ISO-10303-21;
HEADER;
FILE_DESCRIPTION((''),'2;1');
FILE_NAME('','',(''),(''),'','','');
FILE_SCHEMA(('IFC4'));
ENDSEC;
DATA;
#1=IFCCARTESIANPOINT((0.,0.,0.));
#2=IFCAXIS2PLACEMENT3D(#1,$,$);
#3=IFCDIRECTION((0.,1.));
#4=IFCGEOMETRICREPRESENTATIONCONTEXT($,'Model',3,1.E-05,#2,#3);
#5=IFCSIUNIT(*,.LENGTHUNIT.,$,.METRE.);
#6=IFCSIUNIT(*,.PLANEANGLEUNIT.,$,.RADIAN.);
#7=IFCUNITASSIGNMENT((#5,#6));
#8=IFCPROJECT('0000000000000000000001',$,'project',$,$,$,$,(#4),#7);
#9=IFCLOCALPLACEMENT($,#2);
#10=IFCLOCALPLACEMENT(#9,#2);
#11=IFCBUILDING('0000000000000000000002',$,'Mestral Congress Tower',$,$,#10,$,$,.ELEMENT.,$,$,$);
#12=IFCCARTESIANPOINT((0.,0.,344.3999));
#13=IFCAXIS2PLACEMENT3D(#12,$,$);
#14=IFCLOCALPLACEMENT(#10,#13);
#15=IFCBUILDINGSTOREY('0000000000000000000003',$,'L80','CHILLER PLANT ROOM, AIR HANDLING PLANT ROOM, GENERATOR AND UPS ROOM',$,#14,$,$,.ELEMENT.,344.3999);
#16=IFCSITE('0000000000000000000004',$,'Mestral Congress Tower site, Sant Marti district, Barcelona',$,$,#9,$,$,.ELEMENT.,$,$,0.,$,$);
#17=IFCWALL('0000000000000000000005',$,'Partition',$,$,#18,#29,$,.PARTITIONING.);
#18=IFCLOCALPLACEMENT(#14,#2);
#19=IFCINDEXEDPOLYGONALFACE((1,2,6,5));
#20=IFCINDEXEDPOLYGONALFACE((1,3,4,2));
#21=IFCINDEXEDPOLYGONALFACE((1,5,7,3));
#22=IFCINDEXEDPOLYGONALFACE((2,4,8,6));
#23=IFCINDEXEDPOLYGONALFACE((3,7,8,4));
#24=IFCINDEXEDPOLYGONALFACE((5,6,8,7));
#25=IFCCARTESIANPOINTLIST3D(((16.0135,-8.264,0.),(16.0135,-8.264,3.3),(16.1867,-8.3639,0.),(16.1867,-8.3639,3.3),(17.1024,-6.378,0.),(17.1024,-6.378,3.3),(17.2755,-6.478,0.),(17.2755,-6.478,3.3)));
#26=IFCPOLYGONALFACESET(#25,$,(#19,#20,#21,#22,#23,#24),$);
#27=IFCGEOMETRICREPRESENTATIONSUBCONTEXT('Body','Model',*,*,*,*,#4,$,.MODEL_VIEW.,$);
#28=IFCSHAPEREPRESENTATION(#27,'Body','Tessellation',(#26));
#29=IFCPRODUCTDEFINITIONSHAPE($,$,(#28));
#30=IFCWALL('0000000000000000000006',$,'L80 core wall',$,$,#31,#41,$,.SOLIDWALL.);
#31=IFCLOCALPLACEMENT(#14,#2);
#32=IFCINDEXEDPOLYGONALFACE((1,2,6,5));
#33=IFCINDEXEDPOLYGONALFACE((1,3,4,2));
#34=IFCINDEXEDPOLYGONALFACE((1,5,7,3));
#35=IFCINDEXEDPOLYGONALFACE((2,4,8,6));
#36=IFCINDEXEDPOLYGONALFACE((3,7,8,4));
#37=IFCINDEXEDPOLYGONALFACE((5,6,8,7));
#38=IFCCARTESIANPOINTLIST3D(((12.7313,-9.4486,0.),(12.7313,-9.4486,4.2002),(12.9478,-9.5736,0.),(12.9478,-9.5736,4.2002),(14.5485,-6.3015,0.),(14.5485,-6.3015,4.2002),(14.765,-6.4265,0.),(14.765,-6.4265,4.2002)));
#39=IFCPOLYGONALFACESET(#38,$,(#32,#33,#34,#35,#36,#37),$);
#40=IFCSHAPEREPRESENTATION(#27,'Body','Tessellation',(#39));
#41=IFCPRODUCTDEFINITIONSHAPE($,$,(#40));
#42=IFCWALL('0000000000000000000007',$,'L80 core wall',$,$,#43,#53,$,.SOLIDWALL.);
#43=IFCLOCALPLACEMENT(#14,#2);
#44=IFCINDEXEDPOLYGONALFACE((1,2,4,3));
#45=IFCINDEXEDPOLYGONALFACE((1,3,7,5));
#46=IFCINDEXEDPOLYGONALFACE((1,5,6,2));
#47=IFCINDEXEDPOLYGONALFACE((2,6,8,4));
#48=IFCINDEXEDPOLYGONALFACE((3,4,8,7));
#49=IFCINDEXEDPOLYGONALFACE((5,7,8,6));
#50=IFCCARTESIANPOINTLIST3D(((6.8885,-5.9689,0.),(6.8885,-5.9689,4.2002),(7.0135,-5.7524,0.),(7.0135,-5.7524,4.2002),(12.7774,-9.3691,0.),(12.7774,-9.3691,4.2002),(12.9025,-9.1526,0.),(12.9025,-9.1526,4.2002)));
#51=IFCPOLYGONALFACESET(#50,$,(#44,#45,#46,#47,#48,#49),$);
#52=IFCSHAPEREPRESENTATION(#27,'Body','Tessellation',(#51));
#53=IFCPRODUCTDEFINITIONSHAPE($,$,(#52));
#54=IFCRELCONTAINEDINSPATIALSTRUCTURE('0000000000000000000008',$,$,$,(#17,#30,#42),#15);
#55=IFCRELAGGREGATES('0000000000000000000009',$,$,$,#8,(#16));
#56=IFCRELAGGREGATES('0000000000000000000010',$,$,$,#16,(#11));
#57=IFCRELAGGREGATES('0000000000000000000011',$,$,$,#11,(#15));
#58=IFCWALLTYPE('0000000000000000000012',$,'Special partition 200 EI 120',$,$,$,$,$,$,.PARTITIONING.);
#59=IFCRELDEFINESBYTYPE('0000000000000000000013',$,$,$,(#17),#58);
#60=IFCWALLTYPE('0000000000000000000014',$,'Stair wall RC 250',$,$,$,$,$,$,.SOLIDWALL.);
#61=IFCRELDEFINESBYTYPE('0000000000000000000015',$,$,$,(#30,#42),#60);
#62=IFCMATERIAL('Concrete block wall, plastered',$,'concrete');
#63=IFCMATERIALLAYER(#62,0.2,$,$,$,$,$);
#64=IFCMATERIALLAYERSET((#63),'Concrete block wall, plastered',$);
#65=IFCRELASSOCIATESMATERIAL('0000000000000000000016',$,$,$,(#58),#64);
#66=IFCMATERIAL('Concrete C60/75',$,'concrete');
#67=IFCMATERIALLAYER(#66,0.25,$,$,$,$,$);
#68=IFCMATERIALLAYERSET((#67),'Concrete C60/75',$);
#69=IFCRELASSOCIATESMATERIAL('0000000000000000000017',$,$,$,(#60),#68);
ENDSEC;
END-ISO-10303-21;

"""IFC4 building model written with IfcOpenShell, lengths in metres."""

from ifc_helpers import new_model, si_unit, direction, frame, frame_2d, origin, place, context, subcontext, project, spatial, rectangle, extrude, material, layer, layer_set, type_object, element, save


model = new_model("IFC4")

# Units and contexts
model_context = context("Model", 3, precision=1e-05, world=origin(), true_north=direction((0.0, 1.0)))
body_context = subcontext(model_context, "Body", "Model", "MODEL_VIEW")
ifc_project = project(units=[si_unit("LENGTHUNIT", "METRE"), si_unit("PLANEANGLEUNIT", "RADIAN")], contexts=[model_context])

# Site, building, storey
site_placement = place(None, origin())
site = spatial("IfcSite", under=ifc_project, at=site_placement, Name="Mestral Congress Tower site, Sant Marti district, Barcelona", CompositionType="ELEMENT", RefElevation=0.0)
building_placement = place(site_placement, origin())
building = spatial("IfcBuilding", under=site, at=building_placement, Name="Mestral Congress Tower", CompositionType="ELEMENT")
storey_placement = place(building_placement, frame((0.0, 0.0, 344.3999)))
storey = spatial("IfcBuildingStorey", under=building, at=storey_placement, Name="L80", Description="CHILLER PLANT ROOM, AIR HANDLING PLANT ROOM, GENERATOR AND UPS ROOM", CompositionType="ELEMENT", Elevation=344.3999)

# Shared definitions
ifc_material_1 = material(Name="Concrete block wall, plastered", Category="concrete")
ifc_layer_1 = layer(ifc_material_1, 0.2)
ifc_layer_set_1 = layer_set([ifc_layer_1], Name="Concrete block wall, plastered")
wall_type_1 = type_object("IfcWallType", Name="Special partition 200 EI 120", PredefinedType="PARTITIONING", material=ifc_layer_set_1)

# Walls
wall_1_placement = place(storey_placement, frame((17.189, -6.428, 0.0), z_axis=(0.0, 0.0, 1.0), x_axis=(-0.499997, -0.866027, 0.0)))
element("IfcWall", 1, at=wall_1_placement, inside=storey, type_object=wall_type_1, Name="Partition", PredefinedType="PARTITIONING", context=body_context, shape_type="SweptSolid", body=[
    extrude(rectangle(XDim=2.1777, YDim=0.2, at=frame_2d((1.0889, 0.0))), origin(), (0.0, 0.0, 1.0), 3.3),
])
ifc_material_2 = material(Name="Concrete C60/75", Category="concrete")
ifc_layer_2 = layer(ifc_material_2, 0.25)
ifc_layer_set_2 = layer_set([ifc_layer_2], Name="Concrete C60/75")
wall_type_2 = type_object("IfcWallType", Name="Stair wall RC 250", PredefinedType="SOLIDWALL", material=ifc_layer_set_2)
wall_2_placement = place(storey_placement, frame((12.8396, -9.511, 0.0), z_axis=(0.0, 0.0, 1.0), x_axis=(0.500048, 0.865998, 0.0)))
element("IfcWall", 2, at=wall_2_placement, inside=storey, type_object=wall_type_2, Name="L80 core wall", PredefinedType="SOLIDWALL", context=body_context, shape_type="SweptSolid", body=[
    extrude(rectangle(XDim=3.634, YDim=0.25, at=frame_2d((1.8169, 0.0))), origin(), (0.0, 0.0, 1.0), 4.2002),
])
wall_3_placement = place(storey_placement, frame((12.8398, -9.2607, 0.0), z_axis=(0.0, 0.0, 1.0), x_axis=(-0.866014, 0.50002, 0.0)))
element("IfcWall", 3, at=wall_3_placement, inside=storey, type_object=wall_type_2, Name="L80 core wall", PredefinedType="SOLIDWALL", context=body_context, shape_type="SweptSolid", body=[
    extrude(rectangle(XDim=6.8, YDim=0.25, at=frame_2d((3.3999, 0.0))), origin(), (0.0, 0.0, 1.0), 4.2002),
])

save(model, "model.ifc")
